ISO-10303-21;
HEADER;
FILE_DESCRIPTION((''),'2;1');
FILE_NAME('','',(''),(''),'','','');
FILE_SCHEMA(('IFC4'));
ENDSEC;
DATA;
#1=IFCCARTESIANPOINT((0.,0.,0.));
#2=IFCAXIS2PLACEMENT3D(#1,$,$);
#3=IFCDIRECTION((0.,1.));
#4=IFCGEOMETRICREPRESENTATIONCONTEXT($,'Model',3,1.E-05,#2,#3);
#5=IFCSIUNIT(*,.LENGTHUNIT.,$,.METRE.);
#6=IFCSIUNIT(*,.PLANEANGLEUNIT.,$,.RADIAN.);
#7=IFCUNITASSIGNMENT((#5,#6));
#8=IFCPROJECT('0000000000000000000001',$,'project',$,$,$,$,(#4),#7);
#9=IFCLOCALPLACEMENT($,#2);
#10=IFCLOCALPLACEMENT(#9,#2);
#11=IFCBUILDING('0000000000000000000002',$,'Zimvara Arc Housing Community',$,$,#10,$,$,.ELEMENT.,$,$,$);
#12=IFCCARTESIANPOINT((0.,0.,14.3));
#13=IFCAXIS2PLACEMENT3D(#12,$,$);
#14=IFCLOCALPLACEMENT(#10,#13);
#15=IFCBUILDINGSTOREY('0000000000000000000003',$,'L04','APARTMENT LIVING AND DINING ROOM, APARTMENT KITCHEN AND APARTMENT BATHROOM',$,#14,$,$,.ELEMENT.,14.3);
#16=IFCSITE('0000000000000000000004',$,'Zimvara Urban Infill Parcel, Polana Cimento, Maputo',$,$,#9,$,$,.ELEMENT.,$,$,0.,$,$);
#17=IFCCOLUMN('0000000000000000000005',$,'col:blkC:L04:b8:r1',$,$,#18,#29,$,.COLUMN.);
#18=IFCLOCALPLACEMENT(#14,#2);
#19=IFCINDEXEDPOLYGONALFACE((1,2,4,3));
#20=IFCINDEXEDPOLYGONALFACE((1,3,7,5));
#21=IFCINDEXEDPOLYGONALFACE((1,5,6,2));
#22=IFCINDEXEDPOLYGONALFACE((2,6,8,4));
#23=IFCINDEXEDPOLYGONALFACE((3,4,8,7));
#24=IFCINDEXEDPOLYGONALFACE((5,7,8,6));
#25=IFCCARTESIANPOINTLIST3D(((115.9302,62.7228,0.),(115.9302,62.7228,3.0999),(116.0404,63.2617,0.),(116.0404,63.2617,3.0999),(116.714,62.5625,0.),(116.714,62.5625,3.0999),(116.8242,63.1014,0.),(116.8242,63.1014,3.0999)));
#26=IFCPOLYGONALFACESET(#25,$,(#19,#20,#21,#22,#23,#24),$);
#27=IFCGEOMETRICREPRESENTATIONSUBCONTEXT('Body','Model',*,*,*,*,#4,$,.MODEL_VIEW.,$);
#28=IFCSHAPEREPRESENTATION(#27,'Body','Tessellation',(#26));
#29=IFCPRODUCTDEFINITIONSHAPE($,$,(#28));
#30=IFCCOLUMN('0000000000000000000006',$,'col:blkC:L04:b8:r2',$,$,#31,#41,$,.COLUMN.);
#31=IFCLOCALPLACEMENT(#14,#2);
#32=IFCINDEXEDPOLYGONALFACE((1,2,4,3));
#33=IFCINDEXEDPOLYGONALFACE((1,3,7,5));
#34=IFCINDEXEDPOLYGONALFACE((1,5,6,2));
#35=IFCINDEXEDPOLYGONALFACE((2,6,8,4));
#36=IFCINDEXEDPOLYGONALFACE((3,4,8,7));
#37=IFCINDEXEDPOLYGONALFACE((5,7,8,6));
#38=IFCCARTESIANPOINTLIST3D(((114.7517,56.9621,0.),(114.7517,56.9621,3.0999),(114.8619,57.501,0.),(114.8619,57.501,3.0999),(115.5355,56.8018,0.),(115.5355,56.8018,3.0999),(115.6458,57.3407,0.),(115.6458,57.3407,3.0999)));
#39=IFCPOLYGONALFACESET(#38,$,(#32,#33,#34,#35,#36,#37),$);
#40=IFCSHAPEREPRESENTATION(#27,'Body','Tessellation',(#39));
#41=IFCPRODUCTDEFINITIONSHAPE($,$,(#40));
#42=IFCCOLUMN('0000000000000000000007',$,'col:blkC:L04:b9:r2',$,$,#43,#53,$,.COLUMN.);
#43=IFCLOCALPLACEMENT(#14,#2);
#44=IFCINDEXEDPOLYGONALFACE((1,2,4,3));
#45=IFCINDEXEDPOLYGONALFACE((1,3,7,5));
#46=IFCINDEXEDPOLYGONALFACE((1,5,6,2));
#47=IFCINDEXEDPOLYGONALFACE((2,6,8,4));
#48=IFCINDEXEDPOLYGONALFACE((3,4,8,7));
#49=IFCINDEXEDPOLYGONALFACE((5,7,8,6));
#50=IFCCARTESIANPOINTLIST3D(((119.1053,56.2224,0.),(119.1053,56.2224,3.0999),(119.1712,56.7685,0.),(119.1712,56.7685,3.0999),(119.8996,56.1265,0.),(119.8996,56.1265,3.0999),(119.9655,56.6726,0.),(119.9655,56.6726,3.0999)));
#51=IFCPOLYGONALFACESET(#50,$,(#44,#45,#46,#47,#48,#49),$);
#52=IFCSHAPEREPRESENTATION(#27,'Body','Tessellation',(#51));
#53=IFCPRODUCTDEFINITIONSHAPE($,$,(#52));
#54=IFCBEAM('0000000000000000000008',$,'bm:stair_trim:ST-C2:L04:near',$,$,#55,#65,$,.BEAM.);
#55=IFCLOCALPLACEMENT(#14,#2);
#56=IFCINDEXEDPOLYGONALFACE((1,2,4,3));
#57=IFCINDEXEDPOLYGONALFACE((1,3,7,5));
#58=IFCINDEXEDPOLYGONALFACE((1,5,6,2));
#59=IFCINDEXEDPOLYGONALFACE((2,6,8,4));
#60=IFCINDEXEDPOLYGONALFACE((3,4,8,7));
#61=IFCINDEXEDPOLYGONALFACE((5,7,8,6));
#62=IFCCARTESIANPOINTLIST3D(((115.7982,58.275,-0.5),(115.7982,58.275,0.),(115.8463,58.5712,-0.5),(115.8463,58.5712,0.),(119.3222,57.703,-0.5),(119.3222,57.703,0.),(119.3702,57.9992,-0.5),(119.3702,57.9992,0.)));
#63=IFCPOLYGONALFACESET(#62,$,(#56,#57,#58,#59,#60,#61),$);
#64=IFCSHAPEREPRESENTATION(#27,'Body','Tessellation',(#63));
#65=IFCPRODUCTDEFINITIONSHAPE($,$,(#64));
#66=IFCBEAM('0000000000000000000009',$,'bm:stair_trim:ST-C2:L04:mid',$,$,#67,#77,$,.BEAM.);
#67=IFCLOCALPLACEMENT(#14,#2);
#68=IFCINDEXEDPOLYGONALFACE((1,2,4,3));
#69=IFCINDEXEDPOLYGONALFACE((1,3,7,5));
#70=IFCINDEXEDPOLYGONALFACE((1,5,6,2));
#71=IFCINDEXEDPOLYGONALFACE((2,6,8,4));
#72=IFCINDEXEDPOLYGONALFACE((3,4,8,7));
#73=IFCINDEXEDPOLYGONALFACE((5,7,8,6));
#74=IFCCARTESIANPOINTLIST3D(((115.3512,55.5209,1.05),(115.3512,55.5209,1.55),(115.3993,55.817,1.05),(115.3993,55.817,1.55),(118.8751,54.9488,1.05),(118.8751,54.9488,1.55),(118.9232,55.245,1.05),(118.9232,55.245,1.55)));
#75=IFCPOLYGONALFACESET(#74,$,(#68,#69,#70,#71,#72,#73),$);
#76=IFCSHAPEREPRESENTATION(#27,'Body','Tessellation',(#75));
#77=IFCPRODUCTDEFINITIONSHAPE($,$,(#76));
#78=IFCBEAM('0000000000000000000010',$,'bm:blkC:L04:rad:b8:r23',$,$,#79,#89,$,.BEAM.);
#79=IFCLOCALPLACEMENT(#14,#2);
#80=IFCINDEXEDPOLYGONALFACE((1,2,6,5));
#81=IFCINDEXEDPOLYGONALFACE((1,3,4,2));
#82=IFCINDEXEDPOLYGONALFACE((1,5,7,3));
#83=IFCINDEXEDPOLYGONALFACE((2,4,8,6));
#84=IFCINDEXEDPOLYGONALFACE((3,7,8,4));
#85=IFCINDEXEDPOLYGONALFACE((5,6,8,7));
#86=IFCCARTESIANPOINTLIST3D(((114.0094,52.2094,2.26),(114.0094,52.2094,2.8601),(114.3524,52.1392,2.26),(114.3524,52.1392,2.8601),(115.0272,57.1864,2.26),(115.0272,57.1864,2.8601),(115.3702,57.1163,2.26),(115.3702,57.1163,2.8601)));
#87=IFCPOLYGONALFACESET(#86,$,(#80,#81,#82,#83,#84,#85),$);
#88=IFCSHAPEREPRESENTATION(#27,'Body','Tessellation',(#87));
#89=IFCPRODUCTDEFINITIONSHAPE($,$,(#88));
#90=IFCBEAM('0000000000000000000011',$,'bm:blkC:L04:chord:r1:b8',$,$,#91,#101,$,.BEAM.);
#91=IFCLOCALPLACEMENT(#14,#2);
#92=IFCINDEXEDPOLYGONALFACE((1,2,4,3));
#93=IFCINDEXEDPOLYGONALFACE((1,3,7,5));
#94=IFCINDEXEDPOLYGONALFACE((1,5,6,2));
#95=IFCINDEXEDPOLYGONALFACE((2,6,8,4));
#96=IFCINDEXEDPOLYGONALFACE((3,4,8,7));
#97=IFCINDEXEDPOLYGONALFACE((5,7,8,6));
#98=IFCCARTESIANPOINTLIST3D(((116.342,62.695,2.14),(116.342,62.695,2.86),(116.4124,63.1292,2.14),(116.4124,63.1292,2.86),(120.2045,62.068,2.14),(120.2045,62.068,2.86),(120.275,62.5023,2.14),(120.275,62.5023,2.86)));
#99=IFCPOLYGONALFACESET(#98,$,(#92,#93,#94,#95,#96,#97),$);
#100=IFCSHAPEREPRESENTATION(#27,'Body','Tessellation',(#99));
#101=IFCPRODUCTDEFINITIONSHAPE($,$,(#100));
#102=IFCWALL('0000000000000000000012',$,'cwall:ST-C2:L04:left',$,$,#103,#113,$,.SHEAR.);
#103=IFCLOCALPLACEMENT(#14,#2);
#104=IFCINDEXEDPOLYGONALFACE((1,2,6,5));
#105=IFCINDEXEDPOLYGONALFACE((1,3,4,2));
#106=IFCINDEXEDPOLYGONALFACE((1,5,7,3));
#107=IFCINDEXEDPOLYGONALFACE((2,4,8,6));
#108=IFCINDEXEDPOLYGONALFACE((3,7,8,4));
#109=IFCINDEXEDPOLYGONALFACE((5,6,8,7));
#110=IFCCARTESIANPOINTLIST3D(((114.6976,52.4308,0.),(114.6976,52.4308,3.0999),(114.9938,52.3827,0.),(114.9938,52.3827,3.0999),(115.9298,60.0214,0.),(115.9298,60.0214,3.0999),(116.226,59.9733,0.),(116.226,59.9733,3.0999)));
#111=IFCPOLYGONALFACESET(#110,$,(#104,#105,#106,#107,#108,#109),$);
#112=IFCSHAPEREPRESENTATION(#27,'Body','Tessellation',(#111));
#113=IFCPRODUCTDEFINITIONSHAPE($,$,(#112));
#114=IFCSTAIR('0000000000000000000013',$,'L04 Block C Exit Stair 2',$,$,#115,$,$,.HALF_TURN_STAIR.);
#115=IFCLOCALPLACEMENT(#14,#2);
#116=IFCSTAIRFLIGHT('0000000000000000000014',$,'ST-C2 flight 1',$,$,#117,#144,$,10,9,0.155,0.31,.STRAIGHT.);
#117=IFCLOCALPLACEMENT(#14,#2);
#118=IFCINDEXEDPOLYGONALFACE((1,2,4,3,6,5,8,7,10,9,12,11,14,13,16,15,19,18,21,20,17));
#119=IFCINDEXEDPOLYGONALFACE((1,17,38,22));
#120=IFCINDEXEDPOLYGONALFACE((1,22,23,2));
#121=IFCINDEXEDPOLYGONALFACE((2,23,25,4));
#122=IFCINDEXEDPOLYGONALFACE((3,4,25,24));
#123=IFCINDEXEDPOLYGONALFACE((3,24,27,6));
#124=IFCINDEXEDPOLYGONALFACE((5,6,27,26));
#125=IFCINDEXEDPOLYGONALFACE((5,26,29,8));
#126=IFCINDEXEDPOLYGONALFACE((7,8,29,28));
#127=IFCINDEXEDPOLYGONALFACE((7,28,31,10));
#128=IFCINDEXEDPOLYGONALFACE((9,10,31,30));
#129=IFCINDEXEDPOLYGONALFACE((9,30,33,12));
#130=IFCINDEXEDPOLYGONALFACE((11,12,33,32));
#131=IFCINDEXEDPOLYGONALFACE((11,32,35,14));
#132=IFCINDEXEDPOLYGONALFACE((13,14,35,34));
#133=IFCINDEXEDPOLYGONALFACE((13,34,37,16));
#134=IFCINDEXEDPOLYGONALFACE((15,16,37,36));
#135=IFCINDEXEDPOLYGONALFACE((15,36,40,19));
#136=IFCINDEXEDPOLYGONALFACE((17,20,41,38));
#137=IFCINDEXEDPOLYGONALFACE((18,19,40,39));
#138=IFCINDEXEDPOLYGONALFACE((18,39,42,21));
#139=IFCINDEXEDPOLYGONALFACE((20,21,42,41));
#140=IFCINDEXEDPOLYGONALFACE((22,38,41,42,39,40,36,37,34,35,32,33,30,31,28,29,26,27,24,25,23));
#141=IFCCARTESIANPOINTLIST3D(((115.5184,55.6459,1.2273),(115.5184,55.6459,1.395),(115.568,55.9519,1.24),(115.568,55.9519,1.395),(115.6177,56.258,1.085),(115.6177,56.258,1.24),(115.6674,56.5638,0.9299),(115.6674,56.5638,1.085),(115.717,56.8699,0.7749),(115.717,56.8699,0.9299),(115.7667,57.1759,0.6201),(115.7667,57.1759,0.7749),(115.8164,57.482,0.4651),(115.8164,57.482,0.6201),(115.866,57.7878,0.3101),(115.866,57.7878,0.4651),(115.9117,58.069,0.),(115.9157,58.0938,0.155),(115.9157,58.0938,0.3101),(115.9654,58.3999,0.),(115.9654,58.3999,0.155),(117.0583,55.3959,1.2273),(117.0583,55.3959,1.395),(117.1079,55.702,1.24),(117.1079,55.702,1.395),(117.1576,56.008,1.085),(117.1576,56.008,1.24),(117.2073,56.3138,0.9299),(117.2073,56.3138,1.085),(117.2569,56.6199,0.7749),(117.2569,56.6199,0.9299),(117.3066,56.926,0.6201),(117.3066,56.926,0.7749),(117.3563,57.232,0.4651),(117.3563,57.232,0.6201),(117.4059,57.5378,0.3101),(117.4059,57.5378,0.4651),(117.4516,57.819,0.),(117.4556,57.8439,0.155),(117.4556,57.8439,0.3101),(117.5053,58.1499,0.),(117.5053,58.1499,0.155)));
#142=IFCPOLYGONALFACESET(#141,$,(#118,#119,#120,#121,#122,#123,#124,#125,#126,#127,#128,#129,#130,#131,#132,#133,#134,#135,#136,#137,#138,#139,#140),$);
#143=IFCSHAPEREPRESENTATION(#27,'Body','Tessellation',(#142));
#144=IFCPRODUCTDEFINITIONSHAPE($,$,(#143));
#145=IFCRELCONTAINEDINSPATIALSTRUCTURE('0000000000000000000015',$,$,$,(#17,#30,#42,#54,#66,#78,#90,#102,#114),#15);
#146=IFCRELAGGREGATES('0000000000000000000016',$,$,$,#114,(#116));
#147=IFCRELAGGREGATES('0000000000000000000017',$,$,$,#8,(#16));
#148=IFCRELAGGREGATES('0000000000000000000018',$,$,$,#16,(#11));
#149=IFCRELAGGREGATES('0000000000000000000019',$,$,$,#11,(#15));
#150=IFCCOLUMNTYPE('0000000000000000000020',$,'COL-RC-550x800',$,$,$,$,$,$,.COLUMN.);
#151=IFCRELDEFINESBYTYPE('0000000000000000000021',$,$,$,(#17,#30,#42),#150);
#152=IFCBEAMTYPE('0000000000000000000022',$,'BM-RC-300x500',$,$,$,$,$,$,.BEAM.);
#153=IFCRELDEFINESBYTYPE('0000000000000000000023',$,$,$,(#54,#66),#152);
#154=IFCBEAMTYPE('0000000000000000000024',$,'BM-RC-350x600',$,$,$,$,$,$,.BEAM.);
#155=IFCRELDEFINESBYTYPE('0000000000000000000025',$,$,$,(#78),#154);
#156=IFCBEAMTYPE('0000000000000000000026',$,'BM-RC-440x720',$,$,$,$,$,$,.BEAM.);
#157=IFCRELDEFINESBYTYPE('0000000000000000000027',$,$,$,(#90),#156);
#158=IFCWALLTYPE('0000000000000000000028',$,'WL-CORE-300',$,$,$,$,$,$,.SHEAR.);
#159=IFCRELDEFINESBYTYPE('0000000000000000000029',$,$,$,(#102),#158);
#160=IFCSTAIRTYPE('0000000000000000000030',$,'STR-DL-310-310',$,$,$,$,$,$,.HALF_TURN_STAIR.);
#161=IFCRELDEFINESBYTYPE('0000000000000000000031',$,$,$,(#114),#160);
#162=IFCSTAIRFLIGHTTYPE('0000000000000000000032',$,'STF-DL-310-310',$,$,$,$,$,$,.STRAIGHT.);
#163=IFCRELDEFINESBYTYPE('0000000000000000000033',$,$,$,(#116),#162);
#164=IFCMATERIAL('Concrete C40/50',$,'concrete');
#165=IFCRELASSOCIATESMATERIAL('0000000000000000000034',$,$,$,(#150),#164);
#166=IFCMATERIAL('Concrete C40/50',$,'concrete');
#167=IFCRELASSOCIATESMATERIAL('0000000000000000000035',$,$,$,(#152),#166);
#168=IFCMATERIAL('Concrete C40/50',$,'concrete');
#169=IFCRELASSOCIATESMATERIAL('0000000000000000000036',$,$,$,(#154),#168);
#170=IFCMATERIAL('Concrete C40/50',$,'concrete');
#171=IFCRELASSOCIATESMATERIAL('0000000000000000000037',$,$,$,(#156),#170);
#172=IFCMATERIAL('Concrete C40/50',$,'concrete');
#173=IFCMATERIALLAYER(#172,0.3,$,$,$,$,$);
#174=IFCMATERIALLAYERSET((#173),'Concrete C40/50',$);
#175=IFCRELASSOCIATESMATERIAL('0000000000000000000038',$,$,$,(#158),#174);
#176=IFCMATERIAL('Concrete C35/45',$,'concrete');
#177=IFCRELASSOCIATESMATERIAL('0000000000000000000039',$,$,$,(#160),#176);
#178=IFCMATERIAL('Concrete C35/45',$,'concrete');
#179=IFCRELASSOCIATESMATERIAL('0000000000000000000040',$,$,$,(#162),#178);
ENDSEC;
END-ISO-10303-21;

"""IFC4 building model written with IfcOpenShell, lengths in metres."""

from ifc_helpers import new_model, si_unit, direction, frame, frame_2d, origin, origin_2d, place, context, subcontext, project, spatial, polyline, rectangle, outline, extrude, material, layer, layer_set, material_profile, profile_set, type_object, element, aggregate, save


model = new_model("IFC4")

# Units and contexts
model_context = context("Model", 3, precision=1e-05, world=origin(), true_north=direction((0.0, 1.0)))
body_context = subcontext(model_context, "Body", "Model", "MODEL_VIEW")
ifc_project = project(units=[si_unit("LENGTHUNIT", "METRE"), si_unit("PLANEANGLEUNIT", "RADIAN")], contexts=[model_context])

# Site, building, storey
site_placement = place(None, origin())
site = spatial("IfcSite", under=ifc_project, at=site_placement, Name="Zimvara Urban Infill Parcel, Polana Cimento, Maputo", CompositionType="ELEMENT", RefElevation=0.0)
building_placement = place(site_placement, origin())
building = spatial("IfcBuilding", under=site, at=building_placement, Name="Zimvara Arc Housing Community", CompositionType="ELEMENT")
storey_placement = place(building_placement, frame((0.0, 0.0, 14.3)))
storey = spatial("IfcBuildingStorey", under=building, at=storey_placement, Name="L04", Description="APARTMENT LIVING AND DINING ROOM, APARTMENT KITCHEN AND APARTMENT BATHROOM", CompositionType="ELEMENT", Elevation=14.3)

# Columns
ifc_material_1 = material(Name="Concrete C40/50", Category="concrete")
ifc_material_profile_1 = material_profile(ifc_material_1, rectangle(XDim=0.55, YDim=0.8, at=origin_2d()), Name="RC 550x800")
ifc_profile_set_1 = profile_set([ifc_material_profile_1], Name="Concrete C40/50")
column_type = type_object("IfcColumnType", Name="COL-RC-550x800", PredefinedType="COLUMN", material=ifc_profile_set_1)
for number, where, z_axis, x_axis, name in (
    (1, (116.3772, 62.9121, 0.0), (0.0, 0.0, 1.0), (-0.200394, -0.979715, 0.0), "col:blkC:L04:b8:r1"),
    (2, (115.1987, 57.1514, 0.0), (0.0, 0.0, 1.0), (-0.200394, -0.979715, 0.0), "col:blkC:L04:b8:r2"),
    (3, (119.5354, 56.4475, 0.0), (0.0, 0.0, 1.0), (-0.11979, -0.992799, 0.0), "col:blkC:L04:b9:r2"),
):
    element("IfcColumn", number, at=place(storey_placement, frame(where, z_axis=z_axis, x_axis=x_axis)), inside=storey, type_object=column_type, Name=name, PredefinedType="COLUMN", context=body_context, shape_type="SweptSolid", body=[
        extrude(rectangle(XDim=0.55, YDim=0.8, at=origin_2d()), origin(), (0.0, 0.0, 1.0), 3.0999),
    ])

# Beams
ifc_material_2 = material(Name="Concrete C40/50", Category="concrete")
ifc_material_profile_2 = material_profile(ifc_material_2, rectangle(XDim=0.3, YDim=0.5, at=origin_2d()), Name="RC 300x500")
ifc_profile_set_2 = profile_set([ifc_material_profile_2], Name="Concrete C40/50")
beam_type_1 = type_object("IfcBeamType", Name="BM-RC-300x500", PredefinedType="BEAM", material=ifc_profile_set_2)
for number, where, z_axis, x_axis, name in (
    (4, (115.8223, 58.4231, -0.25), (0.98708, -0.160228, 0.0), (0.160228, 0.98708, 0.0), "bm:stair_trim:ST-C2:L04:near"),
    (5, (115.3752, 55.6689, 1.3), (0.98708, -0.160228, 0.0), (0.160228, 0.98708, 0.0), "bm:stair_trim:ST-C2:L04:mid"),
):
    element("IfcBeam", number, at=place(storey_placement, frame(where, z_axis=z_axis, x_axis=x_axis)), inside=storey, type_object=beam_type_1, Name=name, PredefinedType="BEAM", context=body_context, shape_type="SweptSolid", body=[
        extrude(rectangle(XDim=0.3, YDim=0.5, at=origin_2d()), origin(), (0.0, 0.0, 1.0), 3.5701),
    ])
ifc_material_3 = material(Name="Concrete C40/50", Category="concrete")
ifc_material_profile_3 = material_profile(ifc_material_3, rectangle(XDim=0.3501, YDim=0.6001, at=origin_2d()), Name="RC 350x600")
ifc_profile_set_3 = profile_set([ifc_material_profile_3], Name="Concrete C40/50")
beam_type_2 = type_object("IfcBeamType", Name="BM-RC-350x600", PredefinedType="BEAM", material=ifc_profile_set_3)
beam_1_placement = place(storey_placement, frame((115.1987, 57.1514, 2.5601), z_axis=(-0.200356, -0.979723, 0.0), x_axis=(0.979723, -0.200356, 0.0)))
element("IfcBeam", 6, at=beam_1_placement, inside=storey, type_object=beam_type_2, Name="bm:blkC:L04:rad:b8:r23", PredefinedType="BEAM", context=body_context, shape_type="SweptSolid", body=[
    extrude(rectangle(XDim=0.3501, YDim=0.6001, at=origin_2d()), origin(), (0.0, 0.0, 1.0), 5.0801),
])
ifc_material_4 = material(Name="Concrete C40/50", Category="concrete")
ifc_material_profile_4 = material_profile(ifc_material_4, rectangle(XDim=0.4399, YDim=0.72, at=origin_2d()), Name="RC 440x720")
ifc_profile_set_4 = profile_set([ifc_material_profile_4], Name="Concrete C40/50")
beam_type_3 = type_object("IfcBeamType", Name="BM-RC-440x720", PredefinedType="BEAM", material=ifc_profile_set_4)
beam_2_placement = place(storey_placement, frame((116.3772, 62.9121, 2.5), z_axis=(0.987081, -0.160219, 0.0), x_axis=(0.160219, 0.987081, 0.0)))
element("IfcBeam", 7, at=beam_2_placement, inside=storey, type_object=beam_type_3, Name="bm:blkC:L04:chord:r1:b8", PredefinedType="BEAM", context=body_context, shape_type="SweptSolid", body=[
    extrude(rectangle(XDim=0.4399, YDim=0.72, at=origin_2d()), origin(), (0.0, 0.0, 1.0), 3.9131),
])

# Shared definitions
ifc_material_5 = material(Name="Concrete C40/50", Category="concrete")
ifc_layer_1 = layer(ifc_material_5, 0.3)
ifc_layer_set_1 = layer_set([ifc_layer_1], Name="Concrete C40/50")
wall_type_1 = type_object("IfcWallType", Name="WL-CORE-300", PredefinedType="SHEAR", material=ifc_layer_set_1)

# Wall
wall_1_placement = place(storey_placement, frame((116.0779, 59.9973, 0.0), z_axis=(0.0, 0.0, 1.0), x_axis=(-0.160233, -0.987079, 0.0)))
element("IfcWall", 8, at=wall_1_placement, inside=storey, type_object=wall_type_1, Name="cwall:ST-C2:L04:left", PredefinedType="SHEAR", context=body_context, shape_type="SweptSolid", body=[
    extrude(rectangle(XDim=7.6899, YDim=0.3, at=frame_2d((3.845, 0.0))), origin(), (0.0, 0.0, 1.0), 3.0999),
])

# Stair, stair flight
ifc_material_6 = material(Name="Concrete C35/45", Category="concrete")
stair_type = type_object("IfcStairType", Name="STR-DL-310-310", PredefinedType="HALF_TURN_STAIR", material=ifc_material_6)
stair_placement = place(storey_placement, origin())
stair = element("IfcStair", 9, at=stair_placement, inside=storey, type_object=stair_type, Name="L04 Block C Exit Stair 2", PredefinedType="HALF_TURN_STAIR")
ifc_material_7 = material(Name="Concrete C35/45", Category="concrete")
stair_flight_type = type_object("IfcStairFlightType", Name="STF-DL-310-310", PredefinedType="STRAIGHT", material=ifc_material_7)
stair_flight_placement = place(storey_placement, frame((116.7354, 58.2749, 0.0), z_axis=(0.0, 0.0, 1.0), x_axis=(-0.160226, -0.98708, 0.0)))
stair_flight = element("IfcStairFlight", 10, at=stair_flight_placement, type_object=stair_flight_type, Name="ST-C2 flight 1", NumberOfRisers=10, NumberOfTreads=9, PredefinedType="STRAIGHT", RiserHeight=0.155, TreadLength=0.31, context=body_context, shape_type="SweptSolid", body=[
    extrude(outline(polyline([(0.0, 0.0), (0.0, 0.155), (0.3101, 0.155), (0.3101, 0.3101), (0.6201, 0.3101), (0.6201, 0.4651), (0.9299, 0.4651), (0.9299, 0.6201), (1.24, 0.6201), (1.24, 0.7749), (1.55, 0.7749), (1.55, 0.9299), (1.8601, 0.9299), (1.8601, 1.085), (2.1699, 1.085), (2.1699, 1.24), (2.48, 1.24), (2.48, 1.395), (2.79, 1.395), (2.79, 1.55), (2.79, 1.2273), (0.3352, 0.0), (0.0, 0.0)])), frame((0.0, 0.78, 0.0), z_axis=(0.0, -1.0, 0.0), x_axis=(1.0, 0.0, 0.0)), (0.0, 0.0, 1.0), 1.5601),
])
aggregate(stair, [stair_flight])

save(model, "model.ifc")
